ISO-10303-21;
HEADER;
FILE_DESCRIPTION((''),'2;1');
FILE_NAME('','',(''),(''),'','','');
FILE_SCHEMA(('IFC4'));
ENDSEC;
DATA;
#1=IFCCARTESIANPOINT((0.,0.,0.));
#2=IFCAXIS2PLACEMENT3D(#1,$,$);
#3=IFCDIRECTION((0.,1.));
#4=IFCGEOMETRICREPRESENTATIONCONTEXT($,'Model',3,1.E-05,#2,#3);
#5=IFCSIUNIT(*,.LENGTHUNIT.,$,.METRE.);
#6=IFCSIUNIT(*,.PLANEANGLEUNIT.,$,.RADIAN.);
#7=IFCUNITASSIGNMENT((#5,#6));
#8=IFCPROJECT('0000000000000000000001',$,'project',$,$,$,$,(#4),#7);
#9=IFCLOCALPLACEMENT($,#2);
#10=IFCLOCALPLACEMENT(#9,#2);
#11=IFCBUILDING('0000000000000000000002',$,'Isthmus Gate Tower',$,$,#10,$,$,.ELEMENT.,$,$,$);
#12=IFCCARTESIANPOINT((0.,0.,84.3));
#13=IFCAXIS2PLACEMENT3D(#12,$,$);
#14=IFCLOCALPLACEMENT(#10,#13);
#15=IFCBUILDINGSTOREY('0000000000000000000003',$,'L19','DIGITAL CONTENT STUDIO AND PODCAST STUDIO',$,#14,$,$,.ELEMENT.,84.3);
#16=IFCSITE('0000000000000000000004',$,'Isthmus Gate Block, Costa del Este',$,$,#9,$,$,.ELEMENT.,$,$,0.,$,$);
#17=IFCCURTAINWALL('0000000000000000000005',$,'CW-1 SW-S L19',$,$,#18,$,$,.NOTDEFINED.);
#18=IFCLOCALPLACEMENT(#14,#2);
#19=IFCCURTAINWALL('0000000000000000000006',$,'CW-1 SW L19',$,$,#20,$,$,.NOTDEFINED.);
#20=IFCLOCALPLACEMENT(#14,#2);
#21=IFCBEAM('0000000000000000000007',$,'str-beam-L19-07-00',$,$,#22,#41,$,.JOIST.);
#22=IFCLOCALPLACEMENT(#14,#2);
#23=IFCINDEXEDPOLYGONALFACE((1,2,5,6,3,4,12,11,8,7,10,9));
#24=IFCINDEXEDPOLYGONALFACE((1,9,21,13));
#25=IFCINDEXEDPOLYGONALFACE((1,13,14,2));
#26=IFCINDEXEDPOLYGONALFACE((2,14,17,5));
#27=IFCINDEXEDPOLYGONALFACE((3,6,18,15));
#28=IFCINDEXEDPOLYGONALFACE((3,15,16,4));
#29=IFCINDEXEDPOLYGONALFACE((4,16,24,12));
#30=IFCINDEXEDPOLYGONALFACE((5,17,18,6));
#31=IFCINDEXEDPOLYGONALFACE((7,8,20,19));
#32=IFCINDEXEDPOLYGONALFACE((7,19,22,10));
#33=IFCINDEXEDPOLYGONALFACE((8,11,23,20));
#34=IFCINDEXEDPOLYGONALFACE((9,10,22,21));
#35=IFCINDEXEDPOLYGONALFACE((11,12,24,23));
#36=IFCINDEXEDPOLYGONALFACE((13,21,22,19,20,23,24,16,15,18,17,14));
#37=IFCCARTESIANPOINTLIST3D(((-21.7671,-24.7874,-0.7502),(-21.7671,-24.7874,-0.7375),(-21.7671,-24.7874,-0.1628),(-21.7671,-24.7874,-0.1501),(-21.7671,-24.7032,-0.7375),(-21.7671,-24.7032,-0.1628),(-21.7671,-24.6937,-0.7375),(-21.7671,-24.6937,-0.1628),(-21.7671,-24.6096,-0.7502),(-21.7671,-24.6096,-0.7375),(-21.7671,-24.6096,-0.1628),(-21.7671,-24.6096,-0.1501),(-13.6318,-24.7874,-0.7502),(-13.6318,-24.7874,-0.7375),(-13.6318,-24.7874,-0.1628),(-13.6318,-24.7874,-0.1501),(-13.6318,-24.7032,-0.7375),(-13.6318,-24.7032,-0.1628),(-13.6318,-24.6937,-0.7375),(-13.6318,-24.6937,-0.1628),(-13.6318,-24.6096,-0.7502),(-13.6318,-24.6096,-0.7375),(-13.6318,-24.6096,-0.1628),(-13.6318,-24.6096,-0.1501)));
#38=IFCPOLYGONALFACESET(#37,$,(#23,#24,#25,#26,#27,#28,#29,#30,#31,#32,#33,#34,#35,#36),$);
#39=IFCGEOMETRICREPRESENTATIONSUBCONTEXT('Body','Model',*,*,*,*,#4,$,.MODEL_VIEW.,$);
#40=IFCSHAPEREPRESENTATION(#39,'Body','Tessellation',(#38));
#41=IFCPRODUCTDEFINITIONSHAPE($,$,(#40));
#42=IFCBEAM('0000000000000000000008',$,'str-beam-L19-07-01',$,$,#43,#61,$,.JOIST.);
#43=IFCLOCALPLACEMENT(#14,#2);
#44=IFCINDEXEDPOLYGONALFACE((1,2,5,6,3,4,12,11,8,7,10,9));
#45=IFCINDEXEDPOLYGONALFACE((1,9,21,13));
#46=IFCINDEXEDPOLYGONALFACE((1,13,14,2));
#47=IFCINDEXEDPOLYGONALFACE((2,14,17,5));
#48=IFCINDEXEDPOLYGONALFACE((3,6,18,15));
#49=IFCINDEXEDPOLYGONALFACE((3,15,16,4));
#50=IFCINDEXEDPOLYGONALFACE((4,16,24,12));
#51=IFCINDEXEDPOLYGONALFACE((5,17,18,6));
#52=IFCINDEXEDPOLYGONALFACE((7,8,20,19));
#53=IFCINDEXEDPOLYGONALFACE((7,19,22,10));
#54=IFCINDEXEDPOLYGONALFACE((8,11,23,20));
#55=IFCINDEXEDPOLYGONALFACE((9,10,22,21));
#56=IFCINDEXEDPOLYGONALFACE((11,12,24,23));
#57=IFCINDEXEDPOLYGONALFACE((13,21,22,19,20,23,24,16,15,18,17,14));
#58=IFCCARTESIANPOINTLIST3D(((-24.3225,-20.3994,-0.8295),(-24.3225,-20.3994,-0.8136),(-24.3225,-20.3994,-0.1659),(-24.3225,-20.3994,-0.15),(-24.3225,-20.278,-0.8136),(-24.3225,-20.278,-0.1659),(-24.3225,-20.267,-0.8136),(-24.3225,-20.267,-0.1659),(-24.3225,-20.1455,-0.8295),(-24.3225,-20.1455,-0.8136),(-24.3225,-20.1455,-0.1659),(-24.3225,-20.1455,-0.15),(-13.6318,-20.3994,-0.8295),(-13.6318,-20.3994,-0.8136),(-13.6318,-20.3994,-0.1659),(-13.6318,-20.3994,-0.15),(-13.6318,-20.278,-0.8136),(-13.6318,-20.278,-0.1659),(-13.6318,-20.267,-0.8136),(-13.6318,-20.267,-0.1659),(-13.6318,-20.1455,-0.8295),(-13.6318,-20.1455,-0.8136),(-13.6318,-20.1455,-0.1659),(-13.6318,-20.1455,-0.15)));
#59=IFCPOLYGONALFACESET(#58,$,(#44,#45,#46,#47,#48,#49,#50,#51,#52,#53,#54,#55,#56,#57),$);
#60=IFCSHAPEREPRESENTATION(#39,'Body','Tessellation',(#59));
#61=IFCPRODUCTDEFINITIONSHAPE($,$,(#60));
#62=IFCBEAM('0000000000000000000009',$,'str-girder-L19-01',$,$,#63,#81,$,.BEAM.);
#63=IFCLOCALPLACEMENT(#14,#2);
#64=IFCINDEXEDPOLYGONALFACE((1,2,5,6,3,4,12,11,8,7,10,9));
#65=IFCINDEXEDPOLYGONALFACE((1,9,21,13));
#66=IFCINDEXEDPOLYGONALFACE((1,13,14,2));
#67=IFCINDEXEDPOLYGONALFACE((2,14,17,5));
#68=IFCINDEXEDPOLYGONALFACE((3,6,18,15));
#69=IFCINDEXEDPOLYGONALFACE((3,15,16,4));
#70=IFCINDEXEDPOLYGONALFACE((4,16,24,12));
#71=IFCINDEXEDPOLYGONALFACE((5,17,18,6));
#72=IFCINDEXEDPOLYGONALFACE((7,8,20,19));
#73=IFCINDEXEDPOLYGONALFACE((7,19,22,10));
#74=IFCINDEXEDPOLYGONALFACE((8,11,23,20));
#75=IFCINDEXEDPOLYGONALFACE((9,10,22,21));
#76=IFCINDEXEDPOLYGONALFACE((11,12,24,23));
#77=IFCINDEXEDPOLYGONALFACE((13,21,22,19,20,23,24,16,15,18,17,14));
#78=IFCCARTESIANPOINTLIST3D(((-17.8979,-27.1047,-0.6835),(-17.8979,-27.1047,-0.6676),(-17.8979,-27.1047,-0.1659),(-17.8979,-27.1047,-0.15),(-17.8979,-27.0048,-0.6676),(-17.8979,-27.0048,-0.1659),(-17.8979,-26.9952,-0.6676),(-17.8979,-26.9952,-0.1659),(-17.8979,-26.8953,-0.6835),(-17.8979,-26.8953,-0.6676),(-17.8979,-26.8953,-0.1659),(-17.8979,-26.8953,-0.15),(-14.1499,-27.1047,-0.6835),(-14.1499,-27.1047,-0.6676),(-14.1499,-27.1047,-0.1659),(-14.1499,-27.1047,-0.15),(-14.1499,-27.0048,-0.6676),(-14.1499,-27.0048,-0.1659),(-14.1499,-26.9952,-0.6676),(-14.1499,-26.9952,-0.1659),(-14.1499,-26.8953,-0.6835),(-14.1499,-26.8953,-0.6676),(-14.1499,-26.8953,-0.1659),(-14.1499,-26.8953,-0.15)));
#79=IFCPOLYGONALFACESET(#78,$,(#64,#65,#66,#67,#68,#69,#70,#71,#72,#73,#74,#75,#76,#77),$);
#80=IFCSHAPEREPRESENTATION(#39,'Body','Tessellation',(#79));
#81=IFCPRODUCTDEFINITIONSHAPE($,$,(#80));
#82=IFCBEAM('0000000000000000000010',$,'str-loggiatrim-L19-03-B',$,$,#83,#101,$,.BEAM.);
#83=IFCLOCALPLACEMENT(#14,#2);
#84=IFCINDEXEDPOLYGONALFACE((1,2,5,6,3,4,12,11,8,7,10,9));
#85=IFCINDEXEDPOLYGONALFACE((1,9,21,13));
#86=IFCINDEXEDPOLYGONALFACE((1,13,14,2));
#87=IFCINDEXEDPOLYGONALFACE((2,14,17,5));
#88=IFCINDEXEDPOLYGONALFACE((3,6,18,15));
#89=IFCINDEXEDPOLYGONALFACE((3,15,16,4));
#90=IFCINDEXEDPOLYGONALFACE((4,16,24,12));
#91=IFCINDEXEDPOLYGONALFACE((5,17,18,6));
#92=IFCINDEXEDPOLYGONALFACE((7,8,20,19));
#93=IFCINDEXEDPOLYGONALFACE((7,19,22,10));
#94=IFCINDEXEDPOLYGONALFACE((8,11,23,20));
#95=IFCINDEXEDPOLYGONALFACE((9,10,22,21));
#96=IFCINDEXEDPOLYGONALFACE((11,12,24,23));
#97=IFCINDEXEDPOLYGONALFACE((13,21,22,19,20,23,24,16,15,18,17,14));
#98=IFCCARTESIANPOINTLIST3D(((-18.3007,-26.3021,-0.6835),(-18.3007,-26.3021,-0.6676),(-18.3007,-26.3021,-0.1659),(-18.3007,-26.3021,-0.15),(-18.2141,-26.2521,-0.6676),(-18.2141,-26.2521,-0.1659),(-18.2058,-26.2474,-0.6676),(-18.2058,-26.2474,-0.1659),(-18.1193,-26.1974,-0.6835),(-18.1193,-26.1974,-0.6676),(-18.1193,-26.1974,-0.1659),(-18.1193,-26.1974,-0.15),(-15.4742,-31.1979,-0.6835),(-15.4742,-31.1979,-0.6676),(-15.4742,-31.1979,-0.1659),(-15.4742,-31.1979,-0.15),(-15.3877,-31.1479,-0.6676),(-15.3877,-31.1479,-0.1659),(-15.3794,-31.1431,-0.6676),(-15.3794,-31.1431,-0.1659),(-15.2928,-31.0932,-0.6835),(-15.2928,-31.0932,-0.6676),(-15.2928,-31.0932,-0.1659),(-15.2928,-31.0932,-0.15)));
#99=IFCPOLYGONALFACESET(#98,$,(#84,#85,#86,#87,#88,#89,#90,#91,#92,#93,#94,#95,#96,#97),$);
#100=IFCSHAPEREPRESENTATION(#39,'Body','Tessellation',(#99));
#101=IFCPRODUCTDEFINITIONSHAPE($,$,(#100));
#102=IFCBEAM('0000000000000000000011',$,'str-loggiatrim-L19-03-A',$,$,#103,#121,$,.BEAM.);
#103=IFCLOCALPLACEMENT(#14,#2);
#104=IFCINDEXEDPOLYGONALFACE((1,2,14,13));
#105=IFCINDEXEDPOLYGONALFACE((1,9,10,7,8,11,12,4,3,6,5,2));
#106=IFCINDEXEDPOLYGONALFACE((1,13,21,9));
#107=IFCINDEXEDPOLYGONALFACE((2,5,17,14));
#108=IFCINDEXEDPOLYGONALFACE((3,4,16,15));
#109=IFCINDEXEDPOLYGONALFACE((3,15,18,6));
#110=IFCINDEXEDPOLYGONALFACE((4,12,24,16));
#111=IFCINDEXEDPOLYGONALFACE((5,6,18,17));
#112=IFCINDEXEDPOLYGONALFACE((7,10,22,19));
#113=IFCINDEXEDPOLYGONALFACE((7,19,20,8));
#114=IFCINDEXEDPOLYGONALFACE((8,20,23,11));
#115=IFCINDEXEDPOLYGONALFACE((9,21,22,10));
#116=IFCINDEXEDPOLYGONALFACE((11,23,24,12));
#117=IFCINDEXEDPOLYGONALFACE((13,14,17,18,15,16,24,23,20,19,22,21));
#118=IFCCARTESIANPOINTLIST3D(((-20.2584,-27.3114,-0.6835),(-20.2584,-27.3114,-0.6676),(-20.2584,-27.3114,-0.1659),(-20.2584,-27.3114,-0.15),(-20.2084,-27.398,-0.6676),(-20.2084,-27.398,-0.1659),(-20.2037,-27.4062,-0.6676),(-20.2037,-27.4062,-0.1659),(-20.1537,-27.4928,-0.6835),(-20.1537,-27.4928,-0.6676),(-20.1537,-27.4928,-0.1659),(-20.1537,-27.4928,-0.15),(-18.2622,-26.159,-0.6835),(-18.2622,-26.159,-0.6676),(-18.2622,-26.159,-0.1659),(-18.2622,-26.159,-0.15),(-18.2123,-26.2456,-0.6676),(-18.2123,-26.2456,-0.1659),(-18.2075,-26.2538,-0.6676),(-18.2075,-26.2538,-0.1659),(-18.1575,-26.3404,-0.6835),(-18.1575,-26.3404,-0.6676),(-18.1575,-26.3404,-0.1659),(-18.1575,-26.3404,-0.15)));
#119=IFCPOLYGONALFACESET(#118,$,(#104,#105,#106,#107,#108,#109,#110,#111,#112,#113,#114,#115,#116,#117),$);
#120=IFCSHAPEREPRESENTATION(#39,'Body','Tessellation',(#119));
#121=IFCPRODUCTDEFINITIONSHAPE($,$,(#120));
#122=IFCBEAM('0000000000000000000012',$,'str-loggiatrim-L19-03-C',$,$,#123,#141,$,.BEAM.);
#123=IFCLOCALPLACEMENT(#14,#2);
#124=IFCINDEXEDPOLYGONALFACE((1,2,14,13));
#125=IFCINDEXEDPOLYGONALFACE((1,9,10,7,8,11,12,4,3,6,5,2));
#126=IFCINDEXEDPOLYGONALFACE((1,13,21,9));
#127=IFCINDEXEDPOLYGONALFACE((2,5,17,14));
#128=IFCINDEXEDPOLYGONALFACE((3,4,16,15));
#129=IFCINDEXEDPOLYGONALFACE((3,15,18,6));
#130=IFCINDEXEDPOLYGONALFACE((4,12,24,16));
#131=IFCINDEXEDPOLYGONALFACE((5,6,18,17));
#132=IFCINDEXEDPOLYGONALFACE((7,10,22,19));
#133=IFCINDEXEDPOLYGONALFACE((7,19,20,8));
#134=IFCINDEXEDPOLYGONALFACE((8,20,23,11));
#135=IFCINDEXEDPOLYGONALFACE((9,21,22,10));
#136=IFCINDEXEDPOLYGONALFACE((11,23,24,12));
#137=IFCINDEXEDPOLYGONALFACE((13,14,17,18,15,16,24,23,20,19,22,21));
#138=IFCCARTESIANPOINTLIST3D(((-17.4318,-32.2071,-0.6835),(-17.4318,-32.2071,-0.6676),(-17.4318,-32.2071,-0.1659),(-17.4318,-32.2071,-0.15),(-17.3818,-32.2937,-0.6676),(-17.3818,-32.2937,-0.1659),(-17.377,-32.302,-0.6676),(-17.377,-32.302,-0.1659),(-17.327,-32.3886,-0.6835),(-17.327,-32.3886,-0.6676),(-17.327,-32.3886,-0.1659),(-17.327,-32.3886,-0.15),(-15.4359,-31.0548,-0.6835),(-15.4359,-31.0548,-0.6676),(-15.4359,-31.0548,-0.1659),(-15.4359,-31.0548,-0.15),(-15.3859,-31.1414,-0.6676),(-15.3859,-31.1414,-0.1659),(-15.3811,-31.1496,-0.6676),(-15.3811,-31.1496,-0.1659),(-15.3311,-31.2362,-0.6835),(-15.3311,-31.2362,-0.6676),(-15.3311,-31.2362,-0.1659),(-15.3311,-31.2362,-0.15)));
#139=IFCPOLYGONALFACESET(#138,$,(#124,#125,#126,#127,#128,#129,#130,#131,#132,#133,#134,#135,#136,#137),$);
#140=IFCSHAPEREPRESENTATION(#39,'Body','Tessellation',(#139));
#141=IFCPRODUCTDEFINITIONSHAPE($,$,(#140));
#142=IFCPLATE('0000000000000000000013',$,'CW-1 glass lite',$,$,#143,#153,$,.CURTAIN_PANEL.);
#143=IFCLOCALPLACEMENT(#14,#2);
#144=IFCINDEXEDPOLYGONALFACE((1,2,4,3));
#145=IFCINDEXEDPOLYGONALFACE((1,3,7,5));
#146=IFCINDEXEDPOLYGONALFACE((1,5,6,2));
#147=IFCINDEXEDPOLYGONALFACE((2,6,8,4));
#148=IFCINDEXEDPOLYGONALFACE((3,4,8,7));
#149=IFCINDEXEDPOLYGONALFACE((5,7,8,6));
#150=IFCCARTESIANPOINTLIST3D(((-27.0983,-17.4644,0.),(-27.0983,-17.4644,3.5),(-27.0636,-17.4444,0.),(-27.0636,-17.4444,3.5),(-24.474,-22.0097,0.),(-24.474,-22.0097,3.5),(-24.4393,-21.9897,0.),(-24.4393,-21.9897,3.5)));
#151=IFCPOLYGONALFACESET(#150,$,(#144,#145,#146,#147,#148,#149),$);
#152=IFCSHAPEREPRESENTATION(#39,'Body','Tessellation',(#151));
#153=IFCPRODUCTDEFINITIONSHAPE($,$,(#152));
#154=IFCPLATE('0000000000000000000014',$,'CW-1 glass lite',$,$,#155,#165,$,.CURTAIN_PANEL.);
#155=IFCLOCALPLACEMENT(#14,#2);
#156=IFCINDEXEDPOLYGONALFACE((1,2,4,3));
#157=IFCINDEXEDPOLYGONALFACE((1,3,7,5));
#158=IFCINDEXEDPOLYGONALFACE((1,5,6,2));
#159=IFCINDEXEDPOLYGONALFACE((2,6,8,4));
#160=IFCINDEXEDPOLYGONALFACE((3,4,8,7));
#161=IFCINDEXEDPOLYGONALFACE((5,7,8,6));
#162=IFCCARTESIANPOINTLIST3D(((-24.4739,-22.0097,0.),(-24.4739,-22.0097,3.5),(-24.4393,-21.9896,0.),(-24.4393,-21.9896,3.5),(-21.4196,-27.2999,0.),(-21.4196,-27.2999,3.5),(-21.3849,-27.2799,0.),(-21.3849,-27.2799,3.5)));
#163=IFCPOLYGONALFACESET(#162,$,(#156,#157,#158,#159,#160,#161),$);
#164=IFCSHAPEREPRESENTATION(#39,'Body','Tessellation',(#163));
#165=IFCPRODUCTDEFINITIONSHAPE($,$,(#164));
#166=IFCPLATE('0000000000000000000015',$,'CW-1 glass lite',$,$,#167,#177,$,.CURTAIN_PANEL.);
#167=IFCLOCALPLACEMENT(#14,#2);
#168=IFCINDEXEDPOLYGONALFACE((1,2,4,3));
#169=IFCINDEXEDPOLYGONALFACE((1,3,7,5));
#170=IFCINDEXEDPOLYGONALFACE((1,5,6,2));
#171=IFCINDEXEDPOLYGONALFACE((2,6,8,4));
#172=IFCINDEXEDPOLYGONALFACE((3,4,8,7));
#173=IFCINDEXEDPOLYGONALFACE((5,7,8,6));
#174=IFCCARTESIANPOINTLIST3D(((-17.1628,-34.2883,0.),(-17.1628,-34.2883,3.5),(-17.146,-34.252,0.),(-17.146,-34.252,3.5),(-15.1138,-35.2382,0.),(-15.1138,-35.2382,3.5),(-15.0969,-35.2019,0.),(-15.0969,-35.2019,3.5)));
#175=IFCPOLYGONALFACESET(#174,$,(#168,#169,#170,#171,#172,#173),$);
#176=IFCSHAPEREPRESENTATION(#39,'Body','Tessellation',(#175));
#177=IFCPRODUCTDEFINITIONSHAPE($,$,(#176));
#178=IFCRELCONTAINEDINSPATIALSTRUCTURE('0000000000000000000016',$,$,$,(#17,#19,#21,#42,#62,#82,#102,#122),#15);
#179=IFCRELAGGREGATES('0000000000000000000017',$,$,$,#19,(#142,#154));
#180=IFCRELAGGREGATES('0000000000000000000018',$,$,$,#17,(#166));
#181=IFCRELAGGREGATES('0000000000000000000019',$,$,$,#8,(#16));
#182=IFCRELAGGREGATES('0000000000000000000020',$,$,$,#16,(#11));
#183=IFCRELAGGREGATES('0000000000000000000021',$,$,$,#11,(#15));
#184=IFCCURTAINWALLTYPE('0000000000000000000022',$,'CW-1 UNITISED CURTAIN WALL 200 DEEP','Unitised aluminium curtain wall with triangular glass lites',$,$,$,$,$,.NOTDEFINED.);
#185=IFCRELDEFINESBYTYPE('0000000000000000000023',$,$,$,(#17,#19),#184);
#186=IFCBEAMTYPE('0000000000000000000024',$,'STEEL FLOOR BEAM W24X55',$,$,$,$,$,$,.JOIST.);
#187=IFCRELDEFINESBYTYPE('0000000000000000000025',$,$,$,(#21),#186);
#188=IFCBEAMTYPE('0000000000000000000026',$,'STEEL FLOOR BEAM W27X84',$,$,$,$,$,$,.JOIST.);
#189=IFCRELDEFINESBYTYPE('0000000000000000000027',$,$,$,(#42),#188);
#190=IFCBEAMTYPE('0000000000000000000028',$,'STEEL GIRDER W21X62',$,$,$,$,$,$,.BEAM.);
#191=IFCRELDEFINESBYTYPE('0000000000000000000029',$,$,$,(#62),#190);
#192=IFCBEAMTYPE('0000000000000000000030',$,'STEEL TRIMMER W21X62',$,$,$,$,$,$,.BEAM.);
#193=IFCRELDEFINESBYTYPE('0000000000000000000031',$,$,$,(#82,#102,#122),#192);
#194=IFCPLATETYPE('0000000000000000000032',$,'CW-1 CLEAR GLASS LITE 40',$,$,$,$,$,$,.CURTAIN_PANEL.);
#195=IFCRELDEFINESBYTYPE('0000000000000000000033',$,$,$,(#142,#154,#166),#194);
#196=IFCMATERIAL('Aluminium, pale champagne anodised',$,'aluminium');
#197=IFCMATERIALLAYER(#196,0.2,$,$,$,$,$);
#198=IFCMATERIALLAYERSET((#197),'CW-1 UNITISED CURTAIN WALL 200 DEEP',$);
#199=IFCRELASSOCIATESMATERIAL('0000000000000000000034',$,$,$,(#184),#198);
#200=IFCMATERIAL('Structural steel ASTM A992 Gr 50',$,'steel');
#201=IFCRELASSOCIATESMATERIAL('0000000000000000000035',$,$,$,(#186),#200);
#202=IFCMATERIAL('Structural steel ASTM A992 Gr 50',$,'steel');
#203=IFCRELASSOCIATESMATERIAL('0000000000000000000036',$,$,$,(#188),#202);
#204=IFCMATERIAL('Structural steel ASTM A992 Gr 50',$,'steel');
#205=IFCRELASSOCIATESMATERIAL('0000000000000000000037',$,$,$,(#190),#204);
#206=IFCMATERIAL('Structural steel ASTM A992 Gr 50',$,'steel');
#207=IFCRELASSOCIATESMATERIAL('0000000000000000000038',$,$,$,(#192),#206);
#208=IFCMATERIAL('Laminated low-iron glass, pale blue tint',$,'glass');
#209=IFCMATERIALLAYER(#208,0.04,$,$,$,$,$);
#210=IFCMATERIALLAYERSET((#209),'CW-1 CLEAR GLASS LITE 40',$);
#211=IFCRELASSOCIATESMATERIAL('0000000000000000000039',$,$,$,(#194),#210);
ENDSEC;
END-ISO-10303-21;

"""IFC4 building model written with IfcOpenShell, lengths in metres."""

from ifc_helpers import new_model, si_unit, direction, frame, origin, origin_2d, place, context, subcontext, project, spatial, rectangle, i_section, extrude, material, layer, layer_set, material_profile, profile_set, type_object, element, aggregate, save


model = new_model("IFC4")

# Units and contexts
model_context = context("Model", 3, precision=1e-05, world=origin(), true_north=direction((0.0, 1.0)))
body_context = subcontext(model_context, "Body", "Model", "MODEL_VIEW")
ifc_project = project(units=[si_unit("LENGTHUNIT", "METRE"), si_unit("PLANEANGLEUNIT", "RADIAN")], contexts=[model_context])

# Site, building, storey
site_placement = place(None, origin())
site = spatial("IfcSite", under=ifc_project, at=site_placement, Name="Isthmus Gate Block, Costa del Este", CompositionType="ELEMENT", RefElevation=0.0)
building_placement = place(site_placement, origin())
building = spatial("IfcBuilding", under=site, at=building_placement, Name="Isthmus Gate Tower", CompositionType="ELEMENT")
storey_placement = place(building_placement, frame((0.0, 0.0, 84.3)))
storey = spatial("IfcBuildingStorey", under=building, at=storey_placement, Name="L19", Description="DIGITAL CONTENT STUDIO AND PODCAST STUDIO", CompositionType="ELEMENT", Elevation=84.3)

# Curtain wall
ifc_material_1 = material(Name="Aluminium, pale champagne anodised", Category="aluminium")
ifc_layer_1 = layer(ifc_material_1, 0.2)
ifc_layer_set_1 = layer_set([ifc_layer_1], Name="CW-1 UNITISED CURTAIN WALL 200 DEEP")
curtain_wall_type_1 = type_object("IfcCurtainWallType", Name="CW-1 UNITISED CURTAIN WALL 200 DEEP", Description="Unitised aluminium curtain wall with triangular glass lites", PredefinedType="NOTDEFINED", material=ifc_layer_set_1)
curtain_wall_1_placement = place(storey_placement, origin())
curtain_wall_1 = element("IfcCurtainWall", 1, at=curtain_wall_1_placement, inside=storey, type_object=curtain_wall_type_1, Name="CW-1 SW-S L19", PredefinedType="NOTDEFINED")

# Curtain wall
curtain_wall_2_placement = place(storey_placement, origin())
curtain_wall_2 = element("IfcCurtainWall", 2, at=curtain_wall_2_placement, inside=storey, type_object=curtain_wall_type_1, Name="CW-1 SW L19", PredefinedType="NOTDEFINED")

# Beams
ifc_material_2 = material(Name="Structural steel ASTM A992 Gr 50", Category="steel")
ifc_material_profile_1 = material_profile(ifc_material_2, i_section(OverallWidth=0.1777, OverallDepth=0.6001, WebThickness=0.0095, FlangeThickness=0.0127, at=origin_2d()), Name="W24X55")
ifc_profile_set_1 = profile_set([ifc_material_profile_1], Name="Structural steel ASTM A992 Gr 50")
beam_type_1 = type_object("IfcBeamType", Name="STEEL FLOOR BEAM W24X55", PredefinedType="JOIST", material=ifc_profile_set_1)
beam_1_placement = place(storey_placement, frame((-21.7671, -24.6985, -0.4502), z_axis=(1.0, 0.0, 0.0), x_axis=(0.0, 1.0, 0.0)))
element("IfcBeam", 3, at=beam_1_placement, inside=storey, type_object=beam_type_1, Name="str-beam-L19-07-00", PredefinedType="JOIST", context=body_context, shape_type="SweptSolid", body=[
    extrude(i_section(OverallWidth=0.1777, OverallDepth=0.6001, WebThickness=0.0095, FlangeThickness=0.0127, at=origin_2d()), origin(), (0.0, 0.0, 1.0), 8.1353),
])
ifc_material_3 = material(Name="Structural steel ASTM A992 Gr 50", Category="steel")
ifc_material_profile_2 = material_profile(ifc_material_3, i_section(OverallWidth=0.2539, OverallDepth=0.6794, WebThickness=0.011, FlangeThickness=0.0159, at=origin_2d()), Name="W27X84")
ifc_profile_set_2 = profile_set([ifc_material_profile_2], Name="Structural steel ASTM A992 Gr 50")
beam_type_2 = type_object("IfcBeamType", Name="STEEL FLOOR BEAM W27X84", PredefinedType="JOIST", material=ifc_profile_set_2)
beam_2_placement = place(storey_placement, frame((-24.3225, -20.2725, -0.4897), z_axis=(1.0, 0.0, 0.0), x_axis=(0.0, 1.0, 0.0)))
element("IfcBeam", 4, at=beam_2_placement, inside=storey, type_object=beam_type_2, Name="str-beam-L19-07-01", PredefinedType="JOIST", context=body_context, shape_type="SweptSolid", body=[
    extrude(i_section(OverallWidth=0.2539, OverallDepth=0.6794, WebThickness=0.011, FlangeThickness=0.0159, at=origin_2d()), origin(), (0.0, 0.0, 1.0), 10.6907),
])
ifc_material_4 = material(Name="Structural steel ASTM A992 Gr 50", Category="steel")
ifc_material_profile_3 = material_profile(ifc_material_4, i_section(OverallWidth=0.2095, OverallDepth=0.5334, WebThickness=0.0095, FlangeThickness=0.0159, at=origin_2d()), Name="W21X62")
ifc_profile_set_3 = profile_set([ifc_material_profile_3], Name="Structural steel ASTM A992 Gr 50")
beam_type_3 = type_object("IfcBeamType", Name="STEEL GIRDER W21X62", PredefinedType="BEAM", material=ifc_profile_set_3)
beam_3_placement = place(storey_placement, frame((-17.8979, -27.0, -0.4167), z_axis=(1.0, 0.0, 0.0), x_axis=(0.0, 1.0, 0.0)))
element("IfcBeam", 5, at=beam_3_placement, inside=storey, type_object=beam_type_3, Name="str-girder-L19-01", PredefinedType="BEAM", context=body_context, shape_type="SweptSolid", body=[
    extrude(i_section(OverallWidth=0.2095, OverallDepth=0.5334, WebThickness=0.0095, FlangeThickness=0.0159, at=origin_2d()), origin(), (0.0, 0.0, 1.0), 3.748),
])
ifc_material_5 = material(Name="Structural steel ASTM A992 Gr 50", Category="steel")
ifc_material_profile_4 = material_profile(ifc_material_5, i_section(OverallWidth=0.2095, OverallDepth=0.5334, WebThickness=0.0095, FlangeThickness=0.0159, at=origin_2d()), Name="W21X62")
ifc_profile_set_4 = profile_set([ifc_material_profile_4], Name="Structural steel ASTM A992 Gr 50")
beam_type_4 = type_object("IfcBeamType", Name="STEEL TRIMMER W21X62", PredefinedType="BEAM", material=ifc_profile_set_4)
beam_4_placement = place(storey_placement, frame((-18.21, -26.2498, -0.4167), z_axis=(0.49998, -0.866037, 0.0), x_axis=(0.866037, 0.49998, 0.0)))
element("IfcBeam", 6, at=beam_4_placement, inside=storey, type_object=beam_type_4, Name="str-loggiatrim-L19-03-B", PredefinedType="BEAM", context=body_context, shape_type="SweptSolid", body=[
    extrude(i_section(OverallWidth=0.2095, OverallDepth=0.5334, WebThickness=0.0095, FlangeThickness=0.0159, at=origin_2d()), origin(), (0.0, 0.0, 1.0), 5.6531),
])
beam_5_placement = place(storey_placement, frame((-20.2061, -27.4021, -0.4167), z_axis=(0.866044, 0.499967, 0.0), x_axis=(-0.499967, 0.866044, 0.0)))
element("IfcBeam", 7, at=beam_5_placement, inside=storey, type_object=beam_type_4, Name="str-loggiatrim-L19-03-A", PredefinedType="BEAM", context=body_context, shape_type="SweptSolid", body=[
    extrude(i_section(OverallWidth=0.2095, OverallDepth=0.5334, WebThickness=0.0095, FlangeThickness=0.0159, at=origin_2d()), origin(), (0.0, 0.0, 1.0), 2.3049),
])
beam_6_placement = place(storey_placement, frame((-17.3794, -32.2979, -0.4167), z_axis=(0.866018, 0.500013, 0.0), x_axis=(-0.500013, 0.866018, 0.0)))
element("IfcBeam", 8, at=beam_6_placement, inside=storey, type_object=beam_type_4, Name="str-loggiatrim-L19-03-C", PredefinedType="BEAM", context=body_context, shape_type="SweptSolid", body=[
    extrude(i_section(OverallWidth=0.2095, OverallDepth=0.5334, WebThickness=0.0095, FlangeThickness=0.0159, at=origin_2d()), origin(), (0.0, 0.0, 1.0), 2.3047),
])

# Plates
ifc_material_6 = material(Name="Laminated low-iron glass, pale blue tint", Category="glass")
ifc_layer_2 = layer(ifc_material_6, 0.04)
ifc_layer_set_2 = layer_set([ifc_layer_2], Name="CW-1 CLEAR GLASS LITE 40")
plate_type_1 = type_object("IfcPlateType", Name="CW-1 CLEAR GLASS LITE 40", PredefinedType="CURTAIN_PANEL", material=ifc_layer_set_2)
plate_1_placement = place(storey_placement, frame((-25.7688, -19.7271, 0.0), z_axis=(0.0, 0.0, 1.0), x_axis=(0.5, -0.866025, 0.0)))
plate_1 = element("IfcPlate", 9, at=plate_1_placement, type_object=plate_type_1, Name="CW-1 glass lite", PredefinedType="CURTAIN_PANEL", context=body_context, shape_type="SweptSolid", body=[
    extrude(rectangle(XDim=5.2485, YDim=0.04, at=origin_2d()), origin(), (0.0, 0.0, 1.0), 3.5),
])
plate_2_placement = place(storey_placement, frame((-22.9294, -24.6448, 0.0), z_axis=(0.0, 0.0, 1.0), x_axis=(0.5, -0.866025, 0.0)))
plate_2 = element("IfcPlate", 10, at=plate_2_placement, type_object=plate_type_1, Name="CW-1 glass lite", PredefinedType="CURTAIN_PANEL", context=body_context, shape_type="SweptSolid", body=[
    extrude(rectangle(XDim=6.1086, YDim=0.04, at=origin_2d()), origin(), (0.0, 0.0, 1.0), 3.5),
])
aggregate(curtain_wall_2, [plate_1, plate_2])
plate_3_placement = place(storey_placement, frame((-16.1299, -34.7451, 0.0), z_axis=(0.0, 0.0, 1.0), x_axis=(0.907256, -0.420578, 0.0)))
plate_3 = element("IfcPlate", 11, at=plate_3_placement, type_object=plate_type_1, Name="CW-1 glass lite", PredefinedType="CURTAIN_PANEL", context=body_context, shape_type="SweptSolid", body=[
    extrude(rectangle(XDim=2.2585, YDim=0.04, at=origin_2d()), origin(), (0.0, 0.0, 1.0), 3.5),
])
aggregate(curtain_wall_1, [plate_3])

save(model, "model.ifc")
